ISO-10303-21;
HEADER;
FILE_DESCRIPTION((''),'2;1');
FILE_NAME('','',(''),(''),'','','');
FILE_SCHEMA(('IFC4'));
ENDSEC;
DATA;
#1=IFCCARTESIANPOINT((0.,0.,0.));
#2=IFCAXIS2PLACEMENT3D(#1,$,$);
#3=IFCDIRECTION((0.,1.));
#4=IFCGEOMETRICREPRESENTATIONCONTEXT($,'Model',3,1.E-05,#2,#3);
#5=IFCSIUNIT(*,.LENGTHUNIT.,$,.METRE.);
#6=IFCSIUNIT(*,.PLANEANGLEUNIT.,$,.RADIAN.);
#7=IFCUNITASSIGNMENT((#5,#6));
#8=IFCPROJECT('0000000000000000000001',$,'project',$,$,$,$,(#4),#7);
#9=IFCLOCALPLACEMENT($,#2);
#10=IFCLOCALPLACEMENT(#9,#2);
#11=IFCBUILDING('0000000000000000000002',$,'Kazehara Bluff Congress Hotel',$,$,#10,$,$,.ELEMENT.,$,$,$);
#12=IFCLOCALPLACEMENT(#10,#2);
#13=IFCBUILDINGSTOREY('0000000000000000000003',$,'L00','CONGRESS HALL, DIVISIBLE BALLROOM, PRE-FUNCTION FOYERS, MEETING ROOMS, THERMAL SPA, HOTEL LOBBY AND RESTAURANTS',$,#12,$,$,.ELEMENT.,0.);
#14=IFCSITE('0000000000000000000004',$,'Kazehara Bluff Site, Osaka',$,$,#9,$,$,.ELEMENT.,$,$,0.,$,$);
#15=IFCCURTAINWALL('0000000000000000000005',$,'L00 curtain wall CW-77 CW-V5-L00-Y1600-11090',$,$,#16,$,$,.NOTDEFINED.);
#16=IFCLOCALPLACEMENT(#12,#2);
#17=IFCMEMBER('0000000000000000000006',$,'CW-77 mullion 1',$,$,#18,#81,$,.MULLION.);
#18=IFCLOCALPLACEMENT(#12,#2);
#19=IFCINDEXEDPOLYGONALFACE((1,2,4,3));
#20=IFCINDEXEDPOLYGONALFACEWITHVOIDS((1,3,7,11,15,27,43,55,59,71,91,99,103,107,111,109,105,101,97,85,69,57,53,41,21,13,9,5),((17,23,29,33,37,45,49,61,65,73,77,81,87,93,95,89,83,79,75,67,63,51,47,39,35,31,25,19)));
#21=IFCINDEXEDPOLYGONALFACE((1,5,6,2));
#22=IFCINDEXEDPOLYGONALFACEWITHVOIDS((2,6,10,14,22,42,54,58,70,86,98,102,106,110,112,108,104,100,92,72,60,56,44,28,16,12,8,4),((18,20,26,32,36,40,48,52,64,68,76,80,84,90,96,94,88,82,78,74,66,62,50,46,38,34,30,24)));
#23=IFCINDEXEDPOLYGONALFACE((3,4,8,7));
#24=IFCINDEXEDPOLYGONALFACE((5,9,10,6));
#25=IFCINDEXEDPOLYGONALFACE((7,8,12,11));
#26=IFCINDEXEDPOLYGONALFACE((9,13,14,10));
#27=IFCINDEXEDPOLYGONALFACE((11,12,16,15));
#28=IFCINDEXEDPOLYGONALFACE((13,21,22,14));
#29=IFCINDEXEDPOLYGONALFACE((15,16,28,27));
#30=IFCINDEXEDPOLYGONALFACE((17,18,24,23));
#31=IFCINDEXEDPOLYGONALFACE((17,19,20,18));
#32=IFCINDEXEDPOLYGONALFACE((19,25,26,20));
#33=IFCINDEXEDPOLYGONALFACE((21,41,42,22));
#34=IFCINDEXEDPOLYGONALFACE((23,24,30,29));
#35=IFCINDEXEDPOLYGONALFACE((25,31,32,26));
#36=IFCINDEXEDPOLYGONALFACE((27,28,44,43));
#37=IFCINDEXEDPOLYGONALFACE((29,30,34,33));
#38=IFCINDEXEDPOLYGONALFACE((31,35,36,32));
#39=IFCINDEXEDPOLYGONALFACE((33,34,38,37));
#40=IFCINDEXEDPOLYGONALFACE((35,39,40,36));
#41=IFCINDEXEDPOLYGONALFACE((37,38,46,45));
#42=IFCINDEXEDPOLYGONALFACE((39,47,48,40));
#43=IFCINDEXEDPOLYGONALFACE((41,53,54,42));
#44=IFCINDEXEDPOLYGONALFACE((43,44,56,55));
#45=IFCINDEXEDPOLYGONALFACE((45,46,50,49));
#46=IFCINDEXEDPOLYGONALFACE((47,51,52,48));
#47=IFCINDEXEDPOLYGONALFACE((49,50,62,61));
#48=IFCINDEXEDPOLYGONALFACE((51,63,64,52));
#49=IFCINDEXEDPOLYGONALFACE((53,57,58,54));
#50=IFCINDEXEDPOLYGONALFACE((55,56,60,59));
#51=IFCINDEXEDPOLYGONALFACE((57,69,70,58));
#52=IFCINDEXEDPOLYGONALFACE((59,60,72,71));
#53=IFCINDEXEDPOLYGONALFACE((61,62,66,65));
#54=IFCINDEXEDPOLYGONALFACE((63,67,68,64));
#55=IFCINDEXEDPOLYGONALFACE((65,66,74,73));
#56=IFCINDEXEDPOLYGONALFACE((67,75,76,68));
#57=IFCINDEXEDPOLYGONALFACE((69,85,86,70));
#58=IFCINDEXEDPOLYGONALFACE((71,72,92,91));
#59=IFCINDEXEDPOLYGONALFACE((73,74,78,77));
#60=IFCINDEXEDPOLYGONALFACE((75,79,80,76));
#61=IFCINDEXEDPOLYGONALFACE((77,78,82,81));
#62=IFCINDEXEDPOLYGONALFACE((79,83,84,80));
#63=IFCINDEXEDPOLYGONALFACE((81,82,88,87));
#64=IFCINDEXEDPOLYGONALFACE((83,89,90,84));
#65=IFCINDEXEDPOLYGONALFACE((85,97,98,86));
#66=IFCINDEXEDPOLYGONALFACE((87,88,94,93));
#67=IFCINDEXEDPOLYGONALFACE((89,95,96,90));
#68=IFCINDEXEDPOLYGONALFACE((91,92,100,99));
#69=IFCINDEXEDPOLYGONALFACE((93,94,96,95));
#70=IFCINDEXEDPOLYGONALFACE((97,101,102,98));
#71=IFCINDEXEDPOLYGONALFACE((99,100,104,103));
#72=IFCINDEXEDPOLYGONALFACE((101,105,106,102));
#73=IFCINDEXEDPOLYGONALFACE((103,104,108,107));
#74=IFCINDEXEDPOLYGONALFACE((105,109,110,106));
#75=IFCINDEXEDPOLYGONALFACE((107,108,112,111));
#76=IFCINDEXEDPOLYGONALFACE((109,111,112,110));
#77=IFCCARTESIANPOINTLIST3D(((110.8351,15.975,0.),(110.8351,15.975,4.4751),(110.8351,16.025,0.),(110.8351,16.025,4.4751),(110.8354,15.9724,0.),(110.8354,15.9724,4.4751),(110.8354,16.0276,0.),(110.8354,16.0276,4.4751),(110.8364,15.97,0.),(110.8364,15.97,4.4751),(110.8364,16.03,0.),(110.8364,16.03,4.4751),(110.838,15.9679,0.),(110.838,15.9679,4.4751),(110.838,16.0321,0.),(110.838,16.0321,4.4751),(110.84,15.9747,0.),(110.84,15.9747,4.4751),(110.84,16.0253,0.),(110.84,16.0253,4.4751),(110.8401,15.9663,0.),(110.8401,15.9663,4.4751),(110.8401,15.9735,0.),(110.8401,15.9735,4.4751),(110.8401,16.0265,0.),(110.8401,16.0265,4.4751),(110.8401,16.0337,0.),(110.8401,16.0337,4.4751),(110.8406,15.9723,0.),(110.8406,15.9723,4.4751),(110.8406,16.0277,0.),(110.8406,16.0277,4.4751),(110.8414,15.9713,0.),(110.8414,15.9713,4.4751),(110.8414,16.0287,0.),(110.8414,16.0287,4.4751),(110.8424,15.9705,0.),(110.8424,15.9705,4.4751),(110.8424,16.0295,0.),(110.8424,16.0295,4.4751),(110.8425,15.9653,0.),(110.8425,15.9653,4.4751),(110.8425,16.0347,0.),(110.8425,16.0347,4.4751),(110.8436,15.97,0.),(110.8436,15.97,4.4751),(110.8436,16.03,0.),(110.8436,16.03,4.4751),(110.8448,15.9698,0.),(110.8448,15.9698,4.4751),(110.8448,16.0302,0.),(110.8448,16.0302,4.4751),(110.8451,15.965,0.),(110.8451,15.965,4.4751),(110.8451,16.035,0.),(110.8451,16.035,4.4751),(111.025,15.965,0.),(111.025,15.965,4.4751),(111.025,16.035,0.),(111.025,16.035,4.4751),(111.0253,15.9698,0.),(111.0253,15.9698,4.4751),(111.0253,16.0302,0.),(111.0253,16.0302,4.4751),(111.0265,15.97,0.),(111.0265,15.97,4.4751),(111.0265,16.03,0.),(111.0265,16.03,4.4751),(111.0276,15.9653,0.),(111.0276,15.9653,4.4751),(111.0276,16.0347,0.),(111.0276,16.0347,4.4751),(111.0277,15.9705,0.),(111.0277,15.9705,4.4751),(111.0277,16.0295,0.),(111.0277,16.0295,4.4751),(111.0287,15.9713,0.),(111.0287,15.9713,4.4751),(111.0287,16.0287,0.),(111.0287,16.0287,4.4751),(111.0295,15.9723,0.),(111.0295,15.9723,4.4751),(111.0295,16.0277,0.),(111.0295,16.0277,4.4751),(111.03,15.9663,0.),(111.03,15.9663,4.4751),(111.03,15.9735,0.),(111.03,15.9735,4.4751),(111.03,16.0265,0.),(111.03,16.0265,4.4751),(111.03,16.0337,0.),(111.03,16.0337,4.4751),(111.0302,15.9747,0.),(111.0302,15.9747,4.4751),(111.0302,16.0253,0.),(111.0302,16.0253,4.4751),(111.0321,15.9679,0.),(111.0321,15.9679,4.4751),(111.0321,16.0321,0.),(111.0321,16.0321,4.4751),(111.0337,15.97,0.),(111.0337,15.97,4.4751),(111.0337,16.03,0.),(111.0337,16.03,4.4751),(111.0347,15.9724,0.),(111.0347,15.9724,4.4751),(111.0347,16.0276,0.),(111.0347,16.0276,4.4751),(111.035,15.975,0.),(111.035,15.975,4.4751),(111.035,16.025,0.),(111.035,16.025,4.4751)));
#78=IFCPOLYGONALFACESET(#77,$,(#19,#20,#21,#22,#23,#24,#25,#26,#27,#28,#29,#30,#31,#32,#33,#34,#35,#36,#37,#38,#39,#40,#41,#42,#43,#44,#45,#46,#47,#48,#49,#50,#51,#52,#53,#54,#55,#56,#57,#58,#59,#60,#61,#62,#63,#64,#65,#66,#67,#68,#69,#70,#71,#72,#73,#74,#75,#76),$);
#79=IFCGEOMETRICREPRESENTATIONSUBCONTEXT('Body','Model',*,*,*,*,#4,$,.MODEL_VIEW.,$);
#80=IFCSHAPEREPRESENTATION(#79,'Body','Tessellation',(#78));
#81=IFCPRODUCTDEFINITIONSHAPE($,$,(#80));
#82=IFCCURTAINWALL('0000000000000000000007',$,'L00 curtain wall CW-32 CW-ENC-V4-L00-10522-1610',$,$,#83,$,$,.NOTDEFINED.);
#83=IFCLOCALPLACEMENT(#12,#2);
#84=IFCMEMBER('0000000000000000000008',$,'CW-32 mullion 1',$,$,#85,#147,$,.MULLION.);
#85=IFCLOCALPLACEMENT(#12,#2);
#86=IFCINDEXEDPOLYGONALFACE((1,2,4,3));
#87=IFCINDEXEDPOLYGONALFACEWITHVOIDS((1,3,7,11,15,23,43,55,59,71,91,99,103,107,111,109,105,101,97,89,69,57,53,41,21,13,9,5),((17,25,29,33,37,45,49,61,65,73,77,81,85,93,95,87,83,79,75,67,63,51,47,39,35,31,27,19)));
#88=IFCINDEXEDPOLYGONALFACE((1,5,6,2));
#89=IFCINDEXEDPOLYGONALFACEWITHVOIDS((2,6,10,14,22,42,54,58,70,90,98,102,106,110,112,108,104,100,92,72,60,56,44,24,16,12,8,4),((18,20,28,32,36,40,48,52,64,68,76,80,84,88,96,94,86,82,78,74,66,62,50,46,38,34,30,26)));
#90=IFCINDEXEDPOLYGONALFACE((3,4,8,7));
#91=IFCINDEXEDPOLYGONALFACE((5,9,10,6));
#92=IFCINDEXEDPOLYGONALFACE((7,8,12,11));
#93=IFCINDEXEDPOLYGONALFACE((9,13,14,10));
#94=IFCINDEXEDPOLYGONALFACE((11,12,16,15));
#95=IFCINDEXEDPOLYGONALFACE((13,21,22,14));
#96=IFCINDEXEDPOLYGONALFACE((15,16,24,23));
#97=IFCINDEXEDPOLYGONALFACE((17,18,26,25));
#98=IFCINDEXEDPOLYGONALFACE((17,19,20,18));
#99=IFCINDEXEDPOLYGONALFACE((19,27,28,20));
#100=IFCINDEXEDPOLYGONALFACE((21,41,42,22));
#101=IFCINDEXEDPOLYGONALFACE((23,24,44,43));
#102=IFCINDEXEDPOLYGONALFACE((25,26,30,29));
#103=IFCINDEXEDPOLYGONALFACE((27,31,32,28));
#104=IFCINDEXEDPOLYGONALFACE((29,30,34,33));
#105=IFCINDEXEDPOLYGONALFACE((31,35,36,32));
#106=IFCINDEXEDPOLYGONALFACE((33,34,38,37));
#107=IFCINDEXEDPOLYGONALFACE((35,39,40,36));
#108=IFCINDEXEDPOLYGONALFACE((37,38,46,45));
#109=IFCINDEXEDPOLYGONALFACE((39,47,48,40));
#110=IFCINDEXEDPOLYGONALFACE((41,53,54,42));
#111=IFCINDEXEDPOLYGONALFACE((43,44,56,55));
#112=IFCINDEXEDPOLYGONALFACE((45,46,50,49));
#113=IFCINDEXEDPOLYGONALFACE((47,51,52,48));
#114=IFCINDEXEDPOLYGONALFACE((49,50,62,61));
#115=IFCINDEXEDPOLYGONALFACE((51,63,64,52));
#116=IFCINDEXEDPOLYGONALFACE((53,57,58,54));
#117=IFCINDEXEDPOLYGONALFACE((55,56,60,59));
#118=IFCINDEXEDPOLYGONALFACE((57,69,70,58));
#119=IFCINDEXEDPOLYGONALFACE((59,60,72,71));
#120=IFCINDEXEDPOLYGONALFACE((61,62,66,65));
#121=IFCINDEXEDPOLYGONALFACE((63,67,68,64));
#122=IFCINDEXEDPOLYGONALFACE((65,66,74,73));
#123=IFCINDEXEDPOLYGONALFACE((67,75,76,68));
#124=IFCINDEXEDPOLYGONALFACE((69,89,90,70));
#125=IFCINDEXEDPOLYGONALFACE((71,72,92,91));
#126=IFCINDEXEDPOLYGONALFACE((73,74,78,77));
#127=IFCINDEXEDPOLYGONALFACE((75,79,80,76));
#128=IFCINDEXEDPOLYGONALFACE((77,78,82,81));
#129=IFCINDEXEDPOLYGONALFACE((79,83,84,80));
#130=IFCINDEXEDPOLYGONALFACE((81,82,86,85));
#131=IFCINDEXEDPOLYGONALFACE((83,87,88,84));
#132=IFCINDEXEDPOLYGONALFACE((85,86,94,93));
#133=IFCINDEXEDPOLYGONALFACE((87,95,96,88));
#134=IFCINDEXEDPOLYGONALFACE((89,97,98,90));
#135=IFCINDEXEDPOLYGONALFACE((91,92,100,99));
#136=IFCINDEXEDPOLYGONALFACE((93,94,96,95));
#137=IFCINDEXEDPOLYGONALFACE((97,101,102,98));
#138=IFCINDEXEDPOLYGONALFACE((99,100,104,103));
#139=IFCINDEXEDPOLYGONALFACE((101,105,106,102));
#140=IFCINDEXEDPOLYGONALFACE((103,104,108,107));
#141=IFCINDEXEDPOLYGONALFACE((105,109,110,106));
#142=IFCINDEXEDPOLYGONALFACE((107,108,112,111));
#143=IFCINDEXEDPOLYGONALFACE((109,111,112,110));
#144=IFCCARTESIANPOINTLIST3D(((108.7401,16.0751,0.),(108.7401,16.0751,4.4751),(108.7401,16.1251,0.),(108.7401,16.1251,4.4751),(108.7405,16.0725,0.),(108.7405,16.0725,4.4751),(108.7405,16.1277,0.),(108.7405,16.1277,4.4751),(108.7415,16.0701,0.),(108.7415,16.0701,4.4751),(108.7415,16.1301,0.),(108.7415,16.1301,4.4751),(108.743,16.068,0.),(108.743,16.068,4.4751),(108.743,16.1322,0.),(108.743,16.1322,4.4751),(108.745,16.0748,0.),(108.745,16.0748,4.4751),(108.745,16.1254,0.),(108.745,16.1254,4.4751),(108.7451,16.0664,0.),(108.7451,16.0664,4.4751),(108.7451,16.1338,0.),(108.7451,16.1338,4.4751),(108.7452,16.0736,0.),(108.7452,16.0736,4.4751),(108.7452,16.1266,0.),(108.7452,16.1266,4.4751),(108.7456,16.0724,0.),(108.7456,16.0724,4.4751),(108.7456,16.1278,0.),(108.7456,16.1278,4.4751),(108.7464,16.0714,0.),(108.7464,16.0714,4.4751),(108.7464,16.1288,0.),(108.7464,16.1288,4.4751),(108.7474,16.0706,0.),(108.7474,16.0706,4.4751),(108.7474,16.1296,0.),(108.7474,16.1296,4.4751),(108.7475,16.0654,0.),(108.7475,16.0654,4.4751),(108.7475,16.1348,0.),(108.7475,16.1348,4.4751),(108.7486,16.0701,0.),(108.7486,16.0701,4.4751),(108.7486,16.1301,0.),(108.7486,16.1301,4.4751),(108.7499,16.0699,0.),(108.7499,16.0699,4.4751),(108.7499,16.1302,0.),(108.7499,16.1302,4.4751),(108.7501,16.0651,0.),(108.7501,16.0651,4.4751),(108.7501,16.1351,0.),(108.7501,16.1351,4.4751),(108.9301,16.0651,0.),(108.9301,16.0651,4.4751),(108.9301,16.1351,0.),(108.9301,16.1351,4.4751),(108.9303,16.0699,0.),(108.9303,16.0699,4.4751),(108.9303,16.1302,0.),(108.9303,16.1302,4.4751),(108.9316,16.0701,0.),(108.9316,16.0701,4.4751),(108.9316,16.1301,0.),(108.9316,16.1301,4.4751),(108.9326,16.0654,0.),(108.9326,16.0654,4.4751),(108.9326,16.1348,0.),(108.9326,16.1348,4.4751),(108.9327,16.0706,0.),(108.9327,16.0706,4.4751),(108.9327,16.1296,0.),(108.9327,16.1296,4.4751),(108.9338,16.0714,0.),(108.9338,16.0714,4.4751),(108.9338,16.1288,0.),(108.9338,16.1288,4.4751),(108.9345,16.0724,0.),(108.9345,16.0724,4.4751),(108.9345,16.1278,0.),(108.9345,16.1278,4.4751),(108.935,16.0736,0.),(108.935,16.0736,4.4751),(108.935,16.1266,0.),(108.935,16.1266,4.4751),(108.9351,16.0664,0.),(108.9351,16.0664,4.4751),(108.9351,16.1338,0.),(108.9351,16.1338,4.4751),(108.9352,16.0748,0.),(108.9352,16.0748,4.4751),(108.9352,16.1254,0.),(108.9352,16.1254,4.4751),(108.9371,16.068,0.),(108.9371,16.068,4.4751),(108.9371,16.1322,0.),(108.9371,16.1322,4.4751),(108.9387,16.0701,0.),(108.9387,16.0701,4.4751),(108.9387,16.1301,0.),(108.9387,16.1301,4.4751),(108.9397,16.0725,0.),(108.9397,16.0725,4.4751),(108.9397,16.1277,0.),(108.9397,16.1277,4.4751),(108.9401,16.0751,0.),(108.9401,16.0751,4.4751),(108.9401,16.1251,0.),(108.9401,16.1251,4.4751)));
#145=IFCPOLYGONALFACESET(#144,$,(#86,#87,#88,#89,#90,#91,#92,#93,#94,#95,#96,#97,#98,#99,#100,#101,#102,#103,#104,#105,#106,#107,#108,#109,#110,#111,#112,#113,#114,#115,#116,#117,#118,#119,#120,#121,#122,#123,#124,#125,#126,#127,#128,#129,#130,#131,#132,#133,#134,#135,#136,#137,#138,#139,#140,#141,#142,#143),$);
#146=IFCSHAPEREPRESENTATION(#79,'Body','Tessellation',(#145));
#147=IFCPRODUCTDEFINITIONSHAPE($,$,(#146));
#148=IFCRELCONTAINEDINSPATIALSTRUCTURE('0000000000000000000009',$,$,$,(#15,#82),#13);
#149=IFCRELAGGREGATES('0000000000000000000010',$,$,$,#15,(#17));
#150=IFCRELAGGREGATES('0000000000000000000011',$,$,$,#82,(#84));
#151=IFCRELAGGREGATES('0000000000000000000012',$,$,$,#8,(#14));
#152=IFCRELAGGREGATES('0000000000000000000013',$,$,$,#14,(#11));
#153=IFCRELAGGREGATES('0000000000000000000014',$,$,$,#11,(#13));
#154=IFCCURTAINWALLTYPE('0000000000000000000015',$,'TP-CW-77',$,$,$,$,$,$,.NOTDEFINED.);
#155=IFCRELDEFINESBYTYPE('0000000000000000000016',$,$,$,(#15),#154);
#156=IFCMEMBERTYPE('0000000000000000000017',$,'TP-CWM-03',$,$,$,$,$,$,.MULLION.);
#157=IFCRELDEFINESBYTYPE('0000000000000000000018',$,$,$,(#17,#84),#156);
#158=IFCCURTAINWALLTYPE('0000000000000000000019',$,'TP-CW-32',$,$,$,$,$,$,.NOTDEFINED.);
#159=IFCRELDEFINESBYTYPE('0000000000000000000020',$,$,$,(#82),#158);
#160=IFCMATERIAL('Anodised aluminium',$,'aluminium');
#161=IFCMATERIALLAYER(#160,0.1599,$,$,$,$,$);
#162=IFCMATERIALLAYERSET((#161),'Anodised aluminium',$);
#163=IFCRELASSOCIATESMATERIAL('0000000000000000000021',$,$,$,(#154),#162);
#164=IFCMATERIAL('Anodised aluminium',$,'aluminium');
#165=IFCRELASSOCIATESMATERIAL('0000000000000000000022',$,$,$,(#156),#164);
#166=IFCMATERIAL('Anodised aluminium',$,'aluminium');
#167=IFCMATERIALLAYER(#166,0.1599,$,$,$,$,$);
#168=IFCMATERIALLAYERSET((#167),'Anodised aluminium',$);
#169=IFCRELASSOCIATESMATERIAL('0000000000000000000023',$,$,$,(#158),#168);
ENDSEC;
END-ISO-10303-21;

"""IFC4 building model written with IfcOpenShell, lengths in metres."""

from ifc_helpers import new_model, si_unit, direction, frame, origin, origin_2d, place, context, subcontext, project, spatial, hollow_rectangle, extrude, material, layer, layer_set, material_profile, profile_set, type_object, element, aggregate, save


model = new_model("IFC4")

# Units and contexts
model_context = context("Model", 3, precision=1e-05, world=origin(), true_north=direction((0.0, 1.0)))
body_context = subcontext(model_context, "Body", "Model", "MODEL_VIEW")
ifc_project = project(units=[si_unit("LENGTHUNIT", "METRE"), si_unit("PLANEANGLEUNIT", "RADIAN")], contexts=[model_context])

# Site, building, storey
site_placement = place(None, origin())
site = spatial("IfcSite", under=ifc_project, at=site_placement, Name="Kazehara Bluff Site, Osaka", CompositionType="ELEMENT", RefElevation=0.0)
building_placement = place(site_placement, origin())
building = spatial("IfcBuilding", under=site, at=building_placement, Name="Kazehara Bluff Congress Hotel", CompositionType="ELEMENT")
storey_placement = place(building_placement, origin())
storey = spatial("IfcBuildingStorey", under=building, at=storey_placement, Name="L00", Description="CONGRESS HALL, DIVISIBLE BALLROOM, PRE-FUNCTION FOYERS, MEETING ROOMS, THERMAL SPA, HOTEL LOBBY AND RESTAURANTS", CompositionType="ELEMENT", Elevation=0.0)

# Curtain wall, member
ifc_material_1 = material(Name="Anodised aluminium", Category="aluminium")
ifc_layer_1 = layer(ifc_material_1, 0.1599)
ifc_layer_set_1 = layer_set([ifc_layer_1], Name="Anodised aluminium")
curtain_wall_type_1 = type_object("IfcCurtainWallType", Name="TP-CW-77", PredefinedType="NOTDEFINED", material=ifc_layer_set_1)
curtain_wall_1_placement = place(storey_placement, origin())
curtain_wall_1 = element("IfcCurtainWall", 1, at=curtain_wall_1_placement, inside=storey, type_object=curtain_wall_type_1, Name="L00 curtain wall CW-77 CW-V5-L00-Y1600-11090", PredefinedType="NOTDEFINED")
ifc_material_2 = material(Name="Anodised aluminium", Category="aluminium")
ifc_material_profile_1 = material_profile(ifc_material_2, hollow_rectangle(XDim=0.0701, YDim=0.2, WallThickness=0.0049, InnerFilletRadius=0.0049, OuterFilletRadius=0.01, at=origin_2d()))
ifc_profile_set_1 = profile_set([ifc_material_profile_1], Name="Anodised aluminium")
member_type_1 = type_object("IfcMemberType", Name="TP-CWM-03", PredefinedType="MULLION", material=ifc_profile_set_1)
member_1_placement = place(storey_placement, frame((110.9351, 16.0, 0.0), z_axis=(0.0, 0.0, 1.0), x_axis=(0.0, 1.0, 0.0)))
member_1 = element("IfcMember", 2, at=member_1_placement, type_object=member_type_1, Name="CW-77 mullion 1", PredefinedType="MULLION", context=body_context, shape_type="SweptSolid", body=[
    extrude(hollow_rectangle(XDim=0.0701, YDim=0.2, WallThickness=0.0049, InnerFilletRadius=0.0049, OuterFilletRadius=0.01, at=origin_2d()), origin(), (0.0, 0.0, 1.0), 4.4751),
])

# Curtain wall, member
ifc_material_3 = material(Name="Anodised aluminium", Category="aluminium")
ifc_layer_2 = layer(ifc_material_3, 0.1599)
ifc_layer_set_2 = layer_set([ifc_layer_2], Name="Anodised aluminium")
curtain_wall_type_2 = type_object("IfcCurtainWallType", Name="TP-CW-32", PredefinedType="NOTDEFINED", material=ifc_layer_set_2)
curtain_wall_2_placement = place(storey_placement, origin())
curtain_wall_2 = element("IfcCurtainWall", 3, at=curtain_wall_2_placement, inside=storey, type_object=curtain_wall_type_2, Name="L00 curtain wall CW-32 CW-ENC-V4-L00-10522-1610", PredefinedType="NOTDEFINED")
member_2_placement = place(storey_placement, frame((108.8401, 16.1001, 0.0), z_axis=(0.0, 0.0, 1.0), x_axis=(0.0, -1.0, 0.0)))
member_2 = element("IfcMember", 4, at=member_2_placement, type_object=member_type_1, Name="CW-32 mullion 1", PredefinedType="MULLION", context=body_context, shape_type="SweptSolid", body=[
    extrude(hollow_rectangle(XDim=0.0701, YDim=0.2, WallThickness=0.0049, InnerFilletRadius=0.0049, OuterFilletRadius=0.01, at=origin_2d()), origin(), (0.0, 0.0, 1.0), 4.4751),
])

aggregate(curtain_wall_1, [member_1])
aggregate(curtain_wall_2, [member_2])

save(model, "model.ifc")
